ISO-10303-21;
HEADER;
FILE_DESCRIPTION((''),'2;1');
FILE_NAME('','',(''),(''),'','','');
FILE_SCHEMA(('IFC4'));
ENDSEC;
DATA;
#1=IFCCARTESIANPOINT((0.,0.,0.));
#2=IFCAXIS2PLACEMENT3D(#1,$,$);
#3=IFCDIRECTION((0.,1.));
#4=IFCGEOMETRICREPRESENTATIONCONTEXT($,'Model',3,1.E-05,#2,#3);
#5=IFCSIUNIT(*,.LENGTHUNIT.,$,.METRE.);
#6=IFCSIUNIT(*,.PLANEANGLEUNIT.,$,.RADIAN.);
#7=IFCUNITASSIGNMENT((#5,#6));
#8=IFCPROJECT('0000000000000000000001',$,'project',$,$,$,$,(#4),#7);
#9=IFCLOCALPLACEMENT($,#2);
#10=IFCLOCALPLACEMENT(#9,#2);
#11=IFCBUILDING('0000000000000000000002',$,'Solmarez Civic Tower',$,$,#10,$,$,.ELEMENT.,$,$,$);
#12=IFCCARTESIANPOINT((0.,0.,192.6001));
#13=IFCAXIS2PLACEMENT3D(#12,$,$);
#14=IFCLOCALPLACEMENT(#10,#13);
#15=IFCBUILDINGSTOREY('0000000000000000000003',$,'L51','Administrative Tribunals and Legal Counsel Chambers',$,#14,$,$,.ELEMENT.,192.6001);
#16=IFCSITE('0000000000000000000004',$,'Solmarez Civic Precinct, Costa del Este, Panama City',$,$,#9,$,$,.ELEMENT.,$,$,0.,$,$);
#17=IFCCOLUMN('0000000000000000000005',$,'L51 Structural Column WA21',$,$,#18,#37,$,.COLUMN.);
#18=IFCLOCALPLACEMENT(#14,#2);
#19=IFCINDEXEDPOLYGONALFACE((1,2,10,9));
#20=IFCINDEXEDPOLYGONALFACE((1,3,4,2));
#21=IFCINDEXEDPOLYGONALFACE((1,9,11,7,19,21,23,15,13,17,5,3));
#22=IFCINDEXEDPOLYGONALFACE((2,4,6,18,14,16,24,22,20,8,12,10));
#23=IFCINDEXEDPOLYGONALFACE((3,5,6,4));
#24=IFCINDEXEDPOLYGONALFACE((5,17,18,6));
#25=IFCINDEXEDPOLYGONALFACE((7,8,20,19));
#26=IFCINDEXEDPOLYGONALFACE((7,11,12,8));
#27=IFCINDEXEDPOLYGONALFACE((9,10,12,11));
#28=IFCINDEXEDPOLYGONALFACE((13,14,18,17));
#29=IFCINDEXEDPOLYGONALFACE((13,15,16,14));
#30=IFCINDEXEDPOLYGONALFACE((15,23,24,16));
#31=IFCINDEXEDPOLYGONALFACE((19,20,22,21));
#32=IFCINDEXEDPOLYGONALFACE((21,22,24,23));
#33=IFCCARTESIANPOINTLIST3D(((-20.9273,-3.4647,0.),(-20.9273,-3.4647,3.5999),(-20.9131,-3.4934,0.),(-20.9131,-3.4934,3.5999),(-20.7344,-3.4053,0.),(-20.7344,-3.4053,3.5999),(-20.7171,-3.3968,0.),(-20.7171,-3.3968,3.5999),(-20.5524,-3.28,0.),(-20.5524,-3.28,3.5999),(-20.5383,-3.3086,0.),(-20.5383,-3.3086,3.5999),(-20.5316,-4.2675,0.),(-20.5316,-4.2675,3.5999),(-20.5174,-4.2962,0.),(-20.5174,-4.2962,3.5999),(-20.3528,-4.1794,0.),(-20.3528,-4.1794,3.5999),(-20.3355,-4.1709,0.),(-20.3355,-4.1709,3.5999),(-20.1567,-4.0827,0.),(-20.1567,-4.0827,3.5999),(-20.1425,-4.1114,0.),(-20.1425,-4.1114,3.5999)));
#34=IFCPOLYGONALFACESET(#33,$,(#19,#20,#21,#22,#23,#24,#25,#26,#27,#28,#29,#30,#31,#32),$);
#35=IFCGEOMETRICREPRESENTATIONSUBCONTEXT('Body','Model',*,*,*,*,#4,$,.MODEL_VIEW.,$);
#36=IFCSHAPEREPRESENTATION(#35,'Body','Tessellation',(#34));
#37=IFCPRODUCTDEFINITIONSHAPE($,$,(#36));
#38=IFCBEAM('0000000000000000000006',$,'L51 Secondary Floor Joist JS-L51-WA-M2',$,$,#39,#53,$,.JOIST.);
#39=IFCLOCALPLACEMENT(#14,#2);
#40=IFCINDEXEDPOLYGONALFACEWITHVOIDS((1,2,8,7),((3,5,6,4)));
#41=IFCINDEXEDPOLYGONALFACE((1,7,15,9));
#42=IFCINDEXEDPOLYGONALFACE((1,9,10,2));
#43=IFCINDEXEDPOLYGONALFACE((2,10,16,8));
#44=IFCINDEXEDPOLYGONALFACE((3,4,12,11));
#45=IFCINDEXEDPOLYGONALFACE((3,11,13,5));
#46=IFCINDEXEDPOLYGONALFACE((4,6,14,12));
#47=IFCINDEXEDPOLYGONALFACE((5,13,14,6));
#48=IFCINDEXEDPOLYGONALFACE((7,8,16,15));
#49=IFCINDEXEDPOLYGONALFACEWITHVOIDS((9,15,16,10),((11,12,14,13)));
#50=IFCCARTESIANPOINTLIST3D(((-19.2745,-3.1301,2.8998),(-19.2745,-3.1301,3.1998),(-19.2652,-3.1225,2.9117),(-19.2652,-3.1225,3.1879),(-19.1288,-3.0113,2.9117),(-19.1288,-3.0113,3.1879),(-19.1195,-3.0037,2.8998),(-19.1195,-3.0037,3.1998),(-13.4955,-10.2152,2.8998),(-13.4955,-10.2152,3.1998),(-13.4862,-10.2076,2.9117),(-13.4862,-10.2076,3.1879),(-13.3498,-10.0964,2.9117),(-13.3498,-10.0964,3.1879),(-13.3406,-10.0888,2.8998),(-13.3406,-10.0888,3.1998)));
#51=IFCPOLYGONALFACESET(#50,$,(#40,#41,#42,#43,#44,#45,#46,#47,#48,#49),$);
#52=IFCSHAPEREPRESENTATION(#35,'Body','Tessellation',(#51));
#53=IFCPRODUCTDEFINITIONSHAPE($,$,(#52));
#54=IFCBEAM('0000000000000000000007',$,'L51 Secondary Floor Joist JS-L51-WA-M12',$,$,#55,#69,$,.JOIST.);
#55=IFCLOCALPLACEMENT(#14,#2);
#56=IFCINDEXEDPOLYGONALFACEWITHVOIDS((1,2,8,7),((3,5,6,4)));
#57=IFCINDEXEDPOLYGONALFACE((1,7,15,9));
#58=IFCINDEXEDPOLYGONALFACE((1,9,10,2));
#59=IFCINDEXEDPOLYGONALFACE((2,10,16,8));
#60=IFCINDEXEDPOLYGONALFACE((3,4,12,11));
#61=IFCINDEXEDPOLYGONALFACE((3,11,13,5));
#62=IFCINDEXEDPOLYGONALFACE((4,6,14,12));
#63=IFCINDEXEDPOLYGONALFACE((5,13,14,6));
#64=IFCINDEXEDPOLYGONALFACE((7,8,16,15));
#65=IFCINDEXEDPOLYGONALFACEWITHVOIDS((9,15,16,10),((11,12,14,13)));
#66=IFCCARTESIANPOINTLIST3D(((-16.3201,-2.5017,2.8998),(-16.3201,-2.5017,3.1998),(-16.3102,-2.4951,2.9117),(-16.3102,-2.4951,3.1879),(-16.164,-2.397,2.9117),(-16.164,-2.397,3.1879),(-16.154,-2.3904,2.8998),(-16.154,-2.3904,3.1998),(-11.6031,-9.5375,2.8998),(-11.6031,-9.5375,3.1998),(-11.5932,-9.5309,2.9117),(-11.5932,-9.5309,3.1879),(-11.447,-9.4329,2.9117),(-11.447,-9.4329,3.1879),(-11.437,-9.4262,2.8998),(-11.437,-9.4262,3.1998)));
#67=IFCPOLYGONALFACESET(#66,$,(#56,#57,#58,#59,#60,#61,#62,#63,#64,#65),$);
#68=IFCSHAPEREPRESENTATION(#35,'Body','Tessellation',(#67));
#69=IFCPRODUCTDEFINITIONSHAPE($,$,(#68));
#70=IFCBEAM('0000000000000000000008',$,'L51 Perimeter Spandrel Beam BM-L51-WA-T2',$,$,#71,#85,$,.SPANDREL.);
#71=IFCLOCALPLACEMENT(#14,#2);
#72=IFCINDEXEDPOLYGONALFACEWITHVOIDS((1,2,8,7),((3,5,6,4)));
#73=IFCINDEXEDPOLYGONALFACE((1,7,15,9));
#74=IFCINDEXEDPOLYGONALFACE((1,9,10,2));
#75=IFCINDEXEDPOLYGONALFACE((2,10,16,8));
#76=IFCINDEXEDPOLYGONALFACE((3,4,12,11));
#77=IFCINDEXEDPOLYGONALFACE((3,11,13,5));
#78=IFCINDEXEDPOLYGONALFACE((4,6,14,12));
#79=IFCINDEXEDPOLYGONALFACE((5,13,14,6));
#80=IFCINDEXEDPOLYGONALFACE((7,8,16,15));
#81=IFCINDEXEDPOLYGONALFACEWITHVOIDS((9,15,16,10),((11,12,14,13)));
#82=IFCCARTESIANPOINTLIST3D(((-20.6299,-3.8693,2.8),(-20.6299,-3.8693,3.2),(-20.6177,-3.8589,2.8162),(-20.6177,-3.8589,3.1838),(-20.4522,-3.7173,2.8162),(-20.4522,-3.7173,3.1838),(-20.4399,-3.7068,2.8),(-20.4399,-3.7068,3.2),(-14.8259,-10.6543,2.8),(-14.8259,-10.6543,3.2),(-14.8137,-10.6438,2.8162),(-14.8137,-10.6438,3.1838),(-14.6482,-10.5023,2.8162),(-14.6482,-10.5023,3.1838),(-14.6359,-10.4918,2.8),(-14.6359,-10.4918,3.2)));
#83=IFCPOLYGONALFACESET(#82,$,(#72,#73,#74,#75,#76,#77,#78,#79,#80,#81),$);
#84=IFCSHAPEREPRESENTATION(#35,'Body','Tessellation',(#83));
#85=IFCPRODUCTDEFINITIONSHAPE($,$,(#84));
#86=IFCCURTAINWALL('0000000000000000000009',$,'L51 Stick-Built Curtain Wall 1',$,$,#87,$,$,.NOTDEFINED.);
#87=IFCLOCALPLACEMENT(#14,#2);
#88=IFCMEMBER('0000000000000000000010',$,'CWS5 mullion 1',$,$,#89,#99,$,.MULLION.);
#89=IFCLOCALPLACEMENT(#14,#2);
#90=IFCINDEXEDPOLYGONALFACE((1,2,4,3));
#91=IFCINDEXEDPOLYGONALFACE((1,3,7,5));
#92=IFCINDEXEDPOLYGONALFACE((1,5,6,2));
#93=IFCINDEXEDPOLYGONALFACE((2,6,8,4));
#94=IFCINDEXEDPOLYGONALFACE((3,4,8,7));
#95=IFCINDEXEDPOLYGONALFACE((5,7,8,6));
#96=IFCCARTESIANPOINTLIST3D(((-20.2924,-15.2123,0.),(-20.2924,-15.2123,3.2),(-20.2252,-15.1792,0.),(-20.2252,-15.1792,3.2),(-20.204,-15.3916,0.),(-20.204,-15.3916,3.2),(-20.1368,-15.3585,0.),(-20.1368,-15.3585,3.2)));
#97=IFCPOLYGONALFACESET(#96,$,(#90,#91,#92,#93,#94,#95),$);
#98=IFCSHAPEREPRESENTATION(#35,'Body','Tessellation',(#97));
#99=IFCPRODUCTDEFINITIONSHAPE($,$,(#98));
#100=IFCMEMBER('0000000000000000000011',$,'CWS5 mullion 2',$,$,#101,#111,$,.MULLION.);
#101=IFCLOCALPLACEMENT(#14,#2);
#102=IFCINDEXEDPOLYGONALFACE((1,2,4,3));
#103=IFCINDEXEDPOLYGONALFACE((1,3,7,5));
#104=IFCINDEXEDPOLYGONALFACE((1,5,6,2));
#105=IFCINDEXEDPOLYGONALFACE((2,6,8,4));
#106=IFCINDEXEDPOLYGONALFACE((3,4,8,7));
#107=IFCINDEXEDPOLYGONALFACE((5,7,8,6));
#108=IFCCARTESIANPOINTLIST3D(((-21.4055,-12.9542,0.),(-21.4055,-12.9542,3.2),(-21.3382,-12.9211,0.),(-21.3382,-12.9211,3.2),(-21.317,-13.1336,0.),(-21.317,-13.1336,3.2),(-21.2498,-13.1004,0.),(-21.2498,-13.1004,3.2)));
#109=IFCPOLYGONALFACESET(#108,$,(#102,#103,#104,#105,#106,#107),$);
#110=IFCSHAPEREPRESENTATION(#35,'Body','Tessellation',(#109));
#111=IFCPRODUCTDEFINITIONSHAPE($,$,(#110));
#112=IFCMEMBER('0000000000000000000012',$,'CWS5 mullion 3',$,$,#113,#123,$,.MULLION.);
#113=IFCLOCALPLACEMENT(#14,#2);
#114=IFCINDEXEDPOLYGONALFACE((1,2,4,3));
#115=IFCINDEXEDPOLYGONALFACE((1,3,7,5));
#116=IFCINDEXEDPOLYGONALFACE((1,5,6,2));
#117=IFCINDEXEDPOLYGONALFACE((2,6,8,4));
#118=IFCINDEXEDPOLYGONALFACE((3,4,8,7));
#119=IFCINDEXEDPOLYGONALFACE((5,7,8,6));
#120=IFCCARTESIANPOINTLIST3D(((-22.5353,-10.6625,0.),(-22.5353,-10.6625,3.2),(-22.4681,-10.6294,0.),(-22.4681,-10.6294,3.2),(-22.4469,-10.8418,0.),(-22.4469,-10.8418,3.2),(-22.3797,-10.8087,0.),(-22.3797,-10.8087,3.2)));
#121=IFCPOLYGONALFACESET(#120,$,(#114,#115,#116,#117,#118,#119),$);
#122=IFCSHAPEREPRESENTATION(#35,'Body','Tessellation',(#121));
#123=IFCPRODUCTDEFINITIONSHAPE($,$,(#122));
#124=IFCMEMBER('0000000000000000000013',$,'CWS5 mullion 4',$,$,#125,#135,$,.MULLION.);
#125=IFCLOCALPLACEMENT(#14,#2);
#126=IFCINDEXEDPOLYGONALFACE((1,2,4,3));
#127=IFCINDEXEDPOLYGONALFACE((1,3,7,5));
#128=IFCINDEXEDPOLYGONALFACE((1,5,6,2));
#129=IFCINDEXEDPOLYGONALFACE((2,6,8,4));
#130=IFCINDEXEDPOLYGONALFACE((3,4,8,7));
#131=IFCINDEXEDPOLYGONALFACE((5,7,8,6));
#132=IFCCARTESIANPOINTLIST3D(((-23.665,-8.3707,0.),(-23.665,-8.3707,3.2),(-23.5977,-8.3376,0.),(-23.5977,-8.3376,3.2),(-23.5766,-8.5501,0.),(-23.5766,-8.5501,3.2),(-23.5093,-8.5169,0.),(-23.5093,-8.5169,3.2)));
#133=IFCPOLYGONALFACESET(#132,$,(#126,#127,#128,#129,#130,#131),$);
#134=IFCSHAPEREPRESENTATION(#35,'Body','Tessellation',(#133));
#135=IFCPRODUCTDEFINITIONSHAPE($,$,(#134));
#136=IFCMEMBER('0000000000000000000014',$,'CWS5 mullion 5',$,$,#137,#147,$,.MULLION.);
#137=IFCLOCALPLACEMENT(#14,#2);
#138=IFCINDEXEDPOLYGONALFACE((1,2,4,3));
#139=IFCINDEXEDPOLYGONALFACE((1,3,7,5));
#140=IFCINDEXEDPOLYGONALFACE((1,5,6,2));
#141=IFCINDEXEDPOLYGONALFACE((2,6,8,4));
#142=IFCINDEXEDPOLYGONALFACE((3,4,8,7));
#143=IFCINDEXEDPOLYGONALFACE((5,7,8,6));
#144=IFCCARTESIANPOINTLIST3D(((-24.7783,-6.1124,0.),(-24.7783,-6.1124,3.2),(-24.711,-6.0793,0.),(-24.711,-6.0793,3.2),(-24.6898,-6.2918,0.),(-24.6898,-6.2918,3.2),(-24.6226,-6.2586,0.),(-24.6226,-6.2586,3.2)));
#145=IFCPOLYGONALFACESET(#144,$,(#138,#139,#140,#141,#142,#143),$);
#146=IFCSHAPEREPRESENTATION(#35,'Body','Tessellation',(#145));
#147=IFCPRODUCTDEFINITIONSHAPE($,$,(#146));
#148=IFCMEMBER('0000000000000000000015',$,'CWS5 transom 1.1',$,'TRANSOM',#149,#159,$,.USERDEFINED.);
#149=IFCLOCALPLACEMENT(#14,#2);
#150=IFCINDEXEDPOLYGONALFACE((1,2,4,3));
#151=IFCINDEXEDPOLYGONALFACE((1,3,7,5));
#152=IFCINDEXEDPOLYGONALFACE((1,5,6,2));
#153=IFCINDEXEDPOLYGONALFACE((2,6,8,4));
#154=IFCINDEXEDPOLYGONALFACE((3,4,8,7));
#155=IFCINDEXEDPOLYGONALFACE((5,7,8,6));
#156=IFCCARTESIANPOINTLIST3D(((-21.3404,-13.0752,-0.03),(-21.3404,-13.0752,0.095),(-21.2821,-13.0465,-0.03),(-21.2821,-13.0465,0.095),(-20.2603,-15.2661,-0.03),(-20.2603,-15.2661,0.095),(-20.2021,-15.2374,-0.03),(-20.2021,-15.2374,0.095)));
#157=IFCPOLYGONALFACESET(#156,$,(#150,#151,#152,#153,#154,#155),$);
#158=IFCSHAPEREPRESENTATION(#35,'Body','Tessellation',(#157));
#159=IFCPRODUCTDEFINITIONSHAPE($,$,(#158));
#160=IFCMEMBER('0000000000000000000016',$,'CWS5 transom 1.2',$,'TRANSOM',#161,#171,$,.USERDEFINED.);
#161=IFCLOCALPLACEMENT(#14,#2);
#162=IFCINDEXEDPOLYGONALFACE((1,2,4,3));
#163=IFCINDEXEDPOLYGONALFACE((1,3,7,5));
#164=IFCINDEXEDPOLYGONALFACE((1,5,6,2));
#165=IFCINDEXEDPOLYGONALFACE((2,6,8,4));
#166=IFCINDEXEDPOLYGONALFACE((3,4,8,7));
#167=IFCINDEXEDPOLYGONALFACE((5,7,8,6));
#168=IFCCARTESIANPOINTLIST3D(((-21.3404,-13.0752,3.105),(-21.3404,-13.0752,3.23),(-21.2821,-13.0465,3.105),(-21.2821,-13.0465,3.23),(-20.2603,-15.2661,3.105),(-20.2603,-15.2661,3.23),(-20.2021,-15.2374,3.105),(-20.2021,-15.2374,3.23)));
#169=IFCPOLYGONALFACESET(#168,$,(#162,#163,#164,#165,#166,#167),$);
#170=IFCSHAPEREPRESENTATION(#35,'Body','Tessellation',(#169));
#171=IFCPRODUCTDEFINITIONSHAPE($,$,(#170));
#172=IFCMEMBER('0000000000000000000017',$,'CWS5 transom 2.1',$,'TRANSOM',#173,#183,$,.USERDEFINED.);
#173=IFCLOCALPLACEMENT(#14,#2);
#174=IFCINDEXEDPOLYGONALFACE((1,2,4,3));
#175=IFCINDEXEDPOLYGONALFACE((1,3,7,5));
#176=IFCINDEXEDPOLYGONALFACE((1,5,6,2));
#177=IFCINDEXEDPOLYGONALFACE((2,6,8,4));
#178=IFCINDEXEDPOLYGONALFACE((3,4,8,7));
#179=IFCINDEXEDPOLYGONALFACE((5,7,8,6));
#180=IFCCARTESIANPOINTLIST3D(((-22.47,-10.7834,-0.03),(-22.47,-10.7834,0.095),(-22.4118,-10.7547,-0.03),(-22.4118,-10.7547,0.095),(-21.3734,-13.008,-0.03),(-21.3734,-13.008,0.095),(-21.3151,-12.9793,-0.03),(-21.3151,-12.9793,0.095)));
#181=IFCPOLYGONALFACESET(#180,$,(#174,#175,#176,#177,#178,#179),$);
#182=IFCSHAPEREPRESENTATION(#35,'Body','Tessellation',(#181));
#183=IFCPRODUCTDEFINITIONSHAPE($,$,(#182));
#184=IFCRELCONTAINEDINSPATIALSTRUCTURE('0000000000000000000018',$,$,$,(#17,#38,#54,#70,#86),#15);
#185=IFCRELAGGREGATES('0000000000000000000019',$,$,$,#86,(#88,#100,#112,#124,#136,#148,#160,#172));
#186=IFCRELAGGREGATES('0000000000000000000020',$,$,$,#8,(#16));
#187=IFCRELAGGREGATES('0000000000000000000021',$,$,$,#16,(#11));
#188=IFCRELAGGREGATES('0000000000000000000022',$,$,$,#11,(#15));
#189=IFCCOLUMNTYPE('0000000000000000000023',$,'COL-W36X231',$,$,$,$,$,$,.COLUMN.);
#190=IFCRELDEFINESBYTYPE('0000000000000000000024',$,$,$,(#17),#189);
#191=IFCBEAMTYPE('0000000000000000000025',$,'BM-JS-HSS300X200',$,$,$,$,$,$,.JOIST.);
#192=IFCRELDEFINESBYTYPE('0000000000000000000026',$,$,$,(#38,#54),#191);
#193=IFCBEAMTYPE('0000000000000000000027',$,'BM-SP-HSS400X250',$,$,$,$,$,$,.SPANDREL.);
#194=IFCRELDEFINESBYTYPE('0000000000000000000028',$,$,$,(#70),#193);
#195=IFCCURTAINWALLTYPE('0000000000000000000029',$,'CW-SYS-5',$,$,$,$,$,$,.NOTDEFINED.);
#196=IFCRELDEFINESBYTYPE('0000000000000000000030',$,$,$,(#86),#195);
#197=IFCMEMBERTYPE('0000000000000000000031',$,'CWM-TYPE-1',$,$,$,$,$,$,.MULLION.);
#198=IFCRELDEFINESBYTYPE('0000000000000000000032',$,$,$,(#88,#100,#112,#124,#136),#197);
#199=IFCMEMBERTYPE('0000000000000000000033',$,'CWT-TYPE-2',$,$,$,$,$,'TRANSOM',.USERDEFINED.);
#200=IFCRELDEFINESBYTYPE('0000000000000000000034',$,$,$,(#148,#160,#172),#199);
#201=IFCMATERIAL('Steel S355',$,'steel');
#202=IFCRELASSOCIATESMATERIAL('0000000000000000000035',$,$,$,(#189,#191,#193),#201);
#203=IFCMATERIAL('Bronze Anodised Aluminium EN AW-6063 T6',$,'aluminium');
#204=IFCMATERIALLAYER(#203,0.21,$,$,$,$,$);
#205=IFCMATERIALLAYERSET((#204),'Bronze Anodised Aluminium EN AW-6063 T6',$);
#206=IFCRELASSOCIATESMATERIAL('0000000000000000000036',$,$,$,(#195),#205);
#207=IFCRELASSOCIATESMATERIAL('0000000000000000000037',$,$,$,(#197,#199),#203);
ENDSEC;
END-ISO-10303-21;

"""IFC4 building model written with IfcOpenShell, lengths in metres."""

from ifc_helpers import new_model, si_unit, direction, frame, origin, origin_2d, place, context, subcontext, project, spatial, rectangle, hollow_rectangle, i_section, extrude, material, layer, layer_set, material_profile, profile_set, type_object, element, aggregate, save


model = new_model("IFC4")

# Units and contexts
model_context = context("Model", 3, precision=1e-05, world=origin(), true_north=direction((0.0, 1.0)))
body_context = subcontext(model_context, "Body", "Model", "MODEL_VIEW")
ifc_project = project(units=[si_unit("LENGTHUNIT", "METRE"), si_unit("PLANEANGLEUNIT", "RADIAN")], contexts=[model_context])

# Site, building, storey
site_placement = place(None, origin())
site = spatial("IfcSite", under=ifc_project, at=site_placement, Name="Solmarez Civic Precinct, Costa del Este, Panama City", CompositionType="ELEMENT", RefElevation=0.0)
building_placement = place(site_placement, origin())
building = spatial("IfcBuilding", under=site, at=building_placement, Name="Solmarez Civic Tower", CompositionType="ELEMENT")
storey_placement = place(building_placement, frame((0.0, 0.0, 192.6001)))
storey = spatial("IfcBuildingStorey", under=building, at=storey_placement, Name="L51", Description="Administrative Tribunals and Legal Counsel Chambers", CompositionType="ELEMENT", Elevation=192.6001)

# Column
ifc_material_1 = material(Name="Steel S355", Category="steel")
ifc_material_profile_1 = material_profile(ifc_material_1, i_section(OverallWidth=0.418, OverallDepth=0.927, WebThickness=0.0193, FlangeThickness=0.032, at=origin_2d()), Name="W36X231")
ifc_profile_set_1 = profile_set([ifc_material_profile_1], Name="Steel S355")
column_type = type_object("IfcColumnType", Name="COL-W36X231", PredefinedType="COLUMN", material=ifc_profile_set_1)
column_placement = place(storey_placement, frame((-20.5349, -3.7881, 0.0), z_axis=(0.0, 0.0, 1.0), x_axis=(0.89695, 0.442132, 0.0)))
element("IfcColumn", 1, at=column_placement, inside=storey, type_object=column_type, Name="L51 Structural Column WA21", PredefinedType="COLUMN", context=body_context, shape_type="SweptSolid", body=[
    extrude(i_section(OverallWidth=0.418, OverallDepth=0.927, WebThickness=0.0193, FlangeThickness=0.032, at=origin_2d()), origin(), (0.0, 0.0, 1.0), 3.5999),
])

# Beams
ifc_material_profile_2 = material_profile(ifc_material_1, hollow_rectangle(XDim=0.2, YDim=0.3, WallThickness=0.012, at=origin_2d()), Name="HSS300X200X12")
ifc_profile_set_2 = profile_set([ifc_material_profile_2], Name="Steel S355")
beam_type_1 = type_object("IfcBeamType", Name="BM-JS-HSS300X200", PredefinedType="JOIST", material=ifc_profile_set_2)
beam_1_placement = place(storey_placement, frame((-19.197, -3.0669, 3.0498), z_axis=(0.632062, -0.774918, 0.0), x_axis=(0.774918, 0.632062, 0.0)))
element("IfcBeam", 2, at=beam_1_placement, inside=storey, type_object=beam_type_1, Name="L51 Secondary Floor Joist JS-L51-WA-M2", PredefinedType="JOIST", context=body_context, shape_type="SweptSolid", body=[
    extrude(hollow_rectangle(XDim=0.2, YDim=0.3, WallThickness=0.012, at=origin_2d()), origin(), (0.0, 0.0, 1.0), 9.1431),
])
beam_2_placement = place(storey_placement, frame((-16.2371, -2.446, 3.0498), z_axis=(0.55686, -0.830606, 0.0), x_axis=(0.830606, 0.55686, 0.0)))
element("IfcBeam", 3, at=beam_2_placement, inside=storey, type_object=beam_type_1, Name="L51 Secondary Floor Joist JS-L51-WA-M12", PredefinedType="JOIST", context=body_context, shape_type="SweptSolid", body=[
    extrude(hollow_rectangle(XDim=0.2, YDim=0.3, WallThickness=0.012, at=origin_2d()), origin(), (0.0, 0.0, 1.0), 8.4707),
])
ifc_material_profile_3 = material_profile(ifc_material_1, hollow_rectangle(XDim=0.25, YDim=0.3999, WallThickness=0.0161, at=origin_2d()), Name="HSS400X250X16")
ifc_profile_set_3 = profile_set([ifc_material_profile_3], Name="Steel S355")
beam_type_2 = type_object("IfcBeamType", Name="BM-SP-HSS400X250", PredefinedType="SPANDREL", material=ifc_profile_set_3)
beam_3_placement = place(storey_placement, frame((-20.5349, -3.7881, 3.0), z_axis=(0.650037, -0.759903, 0.0), x_axis=(0.759903, 0.650037, 0.0)))
element("IfcBeam", 4, at=beam_3_placement, inside=storey, type_object=beam_type_2, Name="L51 Perimeter Spandrel Beam BM-L51-WA-T2", PredefinedType="SPANDREL", context=body_context, shape_type="SweptSolid", body=[
    extrude(hollow_rectangle(XDim=0.25, YDim=0.3999, WallThickness=0.0161, at=origin_2d()), origin(), (0.0, 0.0, 1.0), 8.9287),
])

# Curtain wall, members
ifc_material_2 = material(Name="Bronze Anodised Aluminium EN AW-6063 T6", Category="aluminium")
ifc_layer_1 = layer(ifc_material_2, 0.21)
ifc_layer_set_1 = layer_set([ifc_layer_1], Name="Bronze Anodised Aluminium EN AW-6063 T6")
curtain_wall_type = type_object("IfcCurtainWallType", Name="CW-SYS-5", PredefinedType="NOTDEFINED", material=ifc_layer_set_1)
curtain_wall_placement = place(storey_placement, origin())
curtain_wall = element("IfcCurtainWall", 5, at=curtain_wall_placement, inside=storey, type_object=curtain_wall_type, Name="L51 Stick-Built Curtain Wall 1", PredefinedType="NOTDEFINED")
ifc_material_profile_4 = material_profile(ifc_material_2, rectangle(XDim=0.075, YDim=0.2, at=origin_2d()), Name="CWM-75X200")
ifc_profile_set_4 = profile_set([ifc_material_profile_4], Name="Bronze Anodised Aluminium EN AW-6063 T6")
member_type_1 = type_object("IfcMemberType", Name="CWM-TYPE-1", PredefinedType="MULLION", material=ifc_profile_set_4)
member_1_placement = place(storey_placement, frame((-20.2146, -15.2854, 0.0), z_axis=(0.0, 0.0, 1.0), x_axis=(-0.896937, -0.442158, 0.0)))
member_1 = element("IfcMember", 6, at=member_1_placement, type_object=member_type_1, Name="CWS5 mullion 1", PredefinedType="MULLION", context=body_context, shape_type="SweptSolid", body=[
    extrude(rectangle(XDim=0.075, YDim=0.2, at=origin_2d()), origin(), (0.0, 0.0, 1.0), 3.2),
])
member_2_placement = place(storey_placement, frame((-21.3276, -13.0273, 0.0), z_axis=(0.0, 0.0, 1.0), x_axis=(-0.896937, -0.442158, 0.0)))
member_2 = element("IfcMember", 7, at=member_2_placement, type_object=member_type_1, Name="CWS5 mullion 2", PredefinedType="MULLION", context=body_context, shape_type="SweptSolid", body=[
    extrude(rectangle(XDim=0.075, YDim=0.2, at=origin_2d()), origin(), (0.0, 0.0, 1.0), 3.2),
])
member_3_placement = place(storey_placement, frame((-22.4575, -10.7356, 0.0), z_axis=(0.0, 0.0, 1.0), x_axis=(-0.896937, -0.442158, 0.0)))
member_3 = element("IfcMember", 8, at=member_3_placement, type_object=member_type_1, Name="CWS5 mullion 3", PredefinedType="MULLION", context=body_context, shape_type="SweptSolid", body=[
    extrude(rectangle(XDim=0.075, YDim=0.2, at=origin_2d()), origin(), (0.0, 0.0, 1.0), 3.2),
])
member_4_placement = place(storey_placement, frame((-23.5872, -8.4438, 0.0), z_axis=(0.0, 0.0, 1.0), x_axis=(-0.896937, -0.442158, 0.0)))
member_4 = element("IfcMember", 9, at=member_4_placement, type_object=member_type_1, Name="CWS5 mullion 4", PredefinedType="MULLION", context=body_context, shape_type="SweptSolid", body=[
    extrude(rectangle(XDim=0.075, YDim=0.2, at=origin_2d()), origin(), (0.0, 0.0, 1.0), 3.2),
])
member_5_placement = place(storey_placement, frame((-24.7004, -6.1855, 0.0), z_axis=(0.0, 0.0, 1.0), x_axis=(-0.896937, -0.442158, 0.0)))
member_5 = element("IfcMember", 10, at=member_5_placement, type_object=member_type_1, Name="CWS5 mullion 5", PredefinedType="MULLION", context=body_context, shape_type="SweptSolid", body=[
    extrude(rectangle(XDim=0.075, YDim=0.2, at=origin_2d()), origin(), (0.0, 0.0, 1.0), 3.2),
])
ifc_material_profile_5 = material_profile(ifc_material_2, rectangle(XDim=0.0649, YDim=0.125, at=origin_2d()), Name="CWT-65X125")
ifc_profile_set_5 = profile_set([ifc_material_profile_5], Name="Bronze Anodised Aluminium EN AW-6063 T6")
member_type_2 = type_object("IfcMemberType", Name="CWT-TYPE-2", ElementType="TRANSOM", PredefinedType="USERDEFINED", material=ifc_profile_set_5)
member_6_placement = place(storey_placement, frame((-20.2312, -15.2517, 0.0325), z_axis=(-0.442169, 0.896932, 0.0), x_axis=(-0.896932, -0.442169, 0.0)))
member_6 = element("IfcMember", 11, at=member_6_placement, type_object=member_type_2, Name="CWS5 transom 1.1", ObjectType="TRANSOM", PredefinedType="USERDEFINED", context=body_context, shape_type="SweptSolid", body=[
    extrude(rectangle(XDim=0.0649, YDim=0.125, at=origin_2d()), origin(), (0.0, 0.0, 1.0), 2.4426),
])
member_7_placement = place(storey_placement, frame((-20.2312, -15.2517, 3.1675), z_axis=(-0.442169, 0.896932, 0.0), x_axis=(-0.896932, -0.442169, 0.0)))
member_7 = element("IfcMember", 12, at=member_7_placement, type_object=member_type_2, Name="CWS5 transom 1.2", ObjectType="TRANSOM", PredefinedType="USERDEFINED", context=body_context, shape_type="SweptSolid", body=[
    extrude(rectangle(XDim=0.0649, YDim=0.125, at=origin_2d()), origin(), (0.0, 0.0, 1.0), 2.4426),
])
member_8_placement = place(storey_placement, frame((-21.3442, -12.9937, 0.0325), z_axis=(-0.442167, 0.896933, 0.0), x_axis=(-0.896933, -0.442167, 0.0)))
member_8 = element("IfcMember", 13, at=member_8_placement, type_object=member_type_2, Name="CWS5 transom 2.1", ObjectType="TRANSOM", PredefinedType="USERDEFINED", context=body_context, shape_type="SweptSolid", body=[
    extrude(rectangle(XDim=0.0649, YDim=0.125, at=origin_2d()), origin(), (0.0, 0.0, 1.0), 2.4802),
])
aggregate(curtain_wall, [member_1, member_2, member_3, member_4, member_5, member_6, member_7, member_8])

save(model, "model.ifc")
